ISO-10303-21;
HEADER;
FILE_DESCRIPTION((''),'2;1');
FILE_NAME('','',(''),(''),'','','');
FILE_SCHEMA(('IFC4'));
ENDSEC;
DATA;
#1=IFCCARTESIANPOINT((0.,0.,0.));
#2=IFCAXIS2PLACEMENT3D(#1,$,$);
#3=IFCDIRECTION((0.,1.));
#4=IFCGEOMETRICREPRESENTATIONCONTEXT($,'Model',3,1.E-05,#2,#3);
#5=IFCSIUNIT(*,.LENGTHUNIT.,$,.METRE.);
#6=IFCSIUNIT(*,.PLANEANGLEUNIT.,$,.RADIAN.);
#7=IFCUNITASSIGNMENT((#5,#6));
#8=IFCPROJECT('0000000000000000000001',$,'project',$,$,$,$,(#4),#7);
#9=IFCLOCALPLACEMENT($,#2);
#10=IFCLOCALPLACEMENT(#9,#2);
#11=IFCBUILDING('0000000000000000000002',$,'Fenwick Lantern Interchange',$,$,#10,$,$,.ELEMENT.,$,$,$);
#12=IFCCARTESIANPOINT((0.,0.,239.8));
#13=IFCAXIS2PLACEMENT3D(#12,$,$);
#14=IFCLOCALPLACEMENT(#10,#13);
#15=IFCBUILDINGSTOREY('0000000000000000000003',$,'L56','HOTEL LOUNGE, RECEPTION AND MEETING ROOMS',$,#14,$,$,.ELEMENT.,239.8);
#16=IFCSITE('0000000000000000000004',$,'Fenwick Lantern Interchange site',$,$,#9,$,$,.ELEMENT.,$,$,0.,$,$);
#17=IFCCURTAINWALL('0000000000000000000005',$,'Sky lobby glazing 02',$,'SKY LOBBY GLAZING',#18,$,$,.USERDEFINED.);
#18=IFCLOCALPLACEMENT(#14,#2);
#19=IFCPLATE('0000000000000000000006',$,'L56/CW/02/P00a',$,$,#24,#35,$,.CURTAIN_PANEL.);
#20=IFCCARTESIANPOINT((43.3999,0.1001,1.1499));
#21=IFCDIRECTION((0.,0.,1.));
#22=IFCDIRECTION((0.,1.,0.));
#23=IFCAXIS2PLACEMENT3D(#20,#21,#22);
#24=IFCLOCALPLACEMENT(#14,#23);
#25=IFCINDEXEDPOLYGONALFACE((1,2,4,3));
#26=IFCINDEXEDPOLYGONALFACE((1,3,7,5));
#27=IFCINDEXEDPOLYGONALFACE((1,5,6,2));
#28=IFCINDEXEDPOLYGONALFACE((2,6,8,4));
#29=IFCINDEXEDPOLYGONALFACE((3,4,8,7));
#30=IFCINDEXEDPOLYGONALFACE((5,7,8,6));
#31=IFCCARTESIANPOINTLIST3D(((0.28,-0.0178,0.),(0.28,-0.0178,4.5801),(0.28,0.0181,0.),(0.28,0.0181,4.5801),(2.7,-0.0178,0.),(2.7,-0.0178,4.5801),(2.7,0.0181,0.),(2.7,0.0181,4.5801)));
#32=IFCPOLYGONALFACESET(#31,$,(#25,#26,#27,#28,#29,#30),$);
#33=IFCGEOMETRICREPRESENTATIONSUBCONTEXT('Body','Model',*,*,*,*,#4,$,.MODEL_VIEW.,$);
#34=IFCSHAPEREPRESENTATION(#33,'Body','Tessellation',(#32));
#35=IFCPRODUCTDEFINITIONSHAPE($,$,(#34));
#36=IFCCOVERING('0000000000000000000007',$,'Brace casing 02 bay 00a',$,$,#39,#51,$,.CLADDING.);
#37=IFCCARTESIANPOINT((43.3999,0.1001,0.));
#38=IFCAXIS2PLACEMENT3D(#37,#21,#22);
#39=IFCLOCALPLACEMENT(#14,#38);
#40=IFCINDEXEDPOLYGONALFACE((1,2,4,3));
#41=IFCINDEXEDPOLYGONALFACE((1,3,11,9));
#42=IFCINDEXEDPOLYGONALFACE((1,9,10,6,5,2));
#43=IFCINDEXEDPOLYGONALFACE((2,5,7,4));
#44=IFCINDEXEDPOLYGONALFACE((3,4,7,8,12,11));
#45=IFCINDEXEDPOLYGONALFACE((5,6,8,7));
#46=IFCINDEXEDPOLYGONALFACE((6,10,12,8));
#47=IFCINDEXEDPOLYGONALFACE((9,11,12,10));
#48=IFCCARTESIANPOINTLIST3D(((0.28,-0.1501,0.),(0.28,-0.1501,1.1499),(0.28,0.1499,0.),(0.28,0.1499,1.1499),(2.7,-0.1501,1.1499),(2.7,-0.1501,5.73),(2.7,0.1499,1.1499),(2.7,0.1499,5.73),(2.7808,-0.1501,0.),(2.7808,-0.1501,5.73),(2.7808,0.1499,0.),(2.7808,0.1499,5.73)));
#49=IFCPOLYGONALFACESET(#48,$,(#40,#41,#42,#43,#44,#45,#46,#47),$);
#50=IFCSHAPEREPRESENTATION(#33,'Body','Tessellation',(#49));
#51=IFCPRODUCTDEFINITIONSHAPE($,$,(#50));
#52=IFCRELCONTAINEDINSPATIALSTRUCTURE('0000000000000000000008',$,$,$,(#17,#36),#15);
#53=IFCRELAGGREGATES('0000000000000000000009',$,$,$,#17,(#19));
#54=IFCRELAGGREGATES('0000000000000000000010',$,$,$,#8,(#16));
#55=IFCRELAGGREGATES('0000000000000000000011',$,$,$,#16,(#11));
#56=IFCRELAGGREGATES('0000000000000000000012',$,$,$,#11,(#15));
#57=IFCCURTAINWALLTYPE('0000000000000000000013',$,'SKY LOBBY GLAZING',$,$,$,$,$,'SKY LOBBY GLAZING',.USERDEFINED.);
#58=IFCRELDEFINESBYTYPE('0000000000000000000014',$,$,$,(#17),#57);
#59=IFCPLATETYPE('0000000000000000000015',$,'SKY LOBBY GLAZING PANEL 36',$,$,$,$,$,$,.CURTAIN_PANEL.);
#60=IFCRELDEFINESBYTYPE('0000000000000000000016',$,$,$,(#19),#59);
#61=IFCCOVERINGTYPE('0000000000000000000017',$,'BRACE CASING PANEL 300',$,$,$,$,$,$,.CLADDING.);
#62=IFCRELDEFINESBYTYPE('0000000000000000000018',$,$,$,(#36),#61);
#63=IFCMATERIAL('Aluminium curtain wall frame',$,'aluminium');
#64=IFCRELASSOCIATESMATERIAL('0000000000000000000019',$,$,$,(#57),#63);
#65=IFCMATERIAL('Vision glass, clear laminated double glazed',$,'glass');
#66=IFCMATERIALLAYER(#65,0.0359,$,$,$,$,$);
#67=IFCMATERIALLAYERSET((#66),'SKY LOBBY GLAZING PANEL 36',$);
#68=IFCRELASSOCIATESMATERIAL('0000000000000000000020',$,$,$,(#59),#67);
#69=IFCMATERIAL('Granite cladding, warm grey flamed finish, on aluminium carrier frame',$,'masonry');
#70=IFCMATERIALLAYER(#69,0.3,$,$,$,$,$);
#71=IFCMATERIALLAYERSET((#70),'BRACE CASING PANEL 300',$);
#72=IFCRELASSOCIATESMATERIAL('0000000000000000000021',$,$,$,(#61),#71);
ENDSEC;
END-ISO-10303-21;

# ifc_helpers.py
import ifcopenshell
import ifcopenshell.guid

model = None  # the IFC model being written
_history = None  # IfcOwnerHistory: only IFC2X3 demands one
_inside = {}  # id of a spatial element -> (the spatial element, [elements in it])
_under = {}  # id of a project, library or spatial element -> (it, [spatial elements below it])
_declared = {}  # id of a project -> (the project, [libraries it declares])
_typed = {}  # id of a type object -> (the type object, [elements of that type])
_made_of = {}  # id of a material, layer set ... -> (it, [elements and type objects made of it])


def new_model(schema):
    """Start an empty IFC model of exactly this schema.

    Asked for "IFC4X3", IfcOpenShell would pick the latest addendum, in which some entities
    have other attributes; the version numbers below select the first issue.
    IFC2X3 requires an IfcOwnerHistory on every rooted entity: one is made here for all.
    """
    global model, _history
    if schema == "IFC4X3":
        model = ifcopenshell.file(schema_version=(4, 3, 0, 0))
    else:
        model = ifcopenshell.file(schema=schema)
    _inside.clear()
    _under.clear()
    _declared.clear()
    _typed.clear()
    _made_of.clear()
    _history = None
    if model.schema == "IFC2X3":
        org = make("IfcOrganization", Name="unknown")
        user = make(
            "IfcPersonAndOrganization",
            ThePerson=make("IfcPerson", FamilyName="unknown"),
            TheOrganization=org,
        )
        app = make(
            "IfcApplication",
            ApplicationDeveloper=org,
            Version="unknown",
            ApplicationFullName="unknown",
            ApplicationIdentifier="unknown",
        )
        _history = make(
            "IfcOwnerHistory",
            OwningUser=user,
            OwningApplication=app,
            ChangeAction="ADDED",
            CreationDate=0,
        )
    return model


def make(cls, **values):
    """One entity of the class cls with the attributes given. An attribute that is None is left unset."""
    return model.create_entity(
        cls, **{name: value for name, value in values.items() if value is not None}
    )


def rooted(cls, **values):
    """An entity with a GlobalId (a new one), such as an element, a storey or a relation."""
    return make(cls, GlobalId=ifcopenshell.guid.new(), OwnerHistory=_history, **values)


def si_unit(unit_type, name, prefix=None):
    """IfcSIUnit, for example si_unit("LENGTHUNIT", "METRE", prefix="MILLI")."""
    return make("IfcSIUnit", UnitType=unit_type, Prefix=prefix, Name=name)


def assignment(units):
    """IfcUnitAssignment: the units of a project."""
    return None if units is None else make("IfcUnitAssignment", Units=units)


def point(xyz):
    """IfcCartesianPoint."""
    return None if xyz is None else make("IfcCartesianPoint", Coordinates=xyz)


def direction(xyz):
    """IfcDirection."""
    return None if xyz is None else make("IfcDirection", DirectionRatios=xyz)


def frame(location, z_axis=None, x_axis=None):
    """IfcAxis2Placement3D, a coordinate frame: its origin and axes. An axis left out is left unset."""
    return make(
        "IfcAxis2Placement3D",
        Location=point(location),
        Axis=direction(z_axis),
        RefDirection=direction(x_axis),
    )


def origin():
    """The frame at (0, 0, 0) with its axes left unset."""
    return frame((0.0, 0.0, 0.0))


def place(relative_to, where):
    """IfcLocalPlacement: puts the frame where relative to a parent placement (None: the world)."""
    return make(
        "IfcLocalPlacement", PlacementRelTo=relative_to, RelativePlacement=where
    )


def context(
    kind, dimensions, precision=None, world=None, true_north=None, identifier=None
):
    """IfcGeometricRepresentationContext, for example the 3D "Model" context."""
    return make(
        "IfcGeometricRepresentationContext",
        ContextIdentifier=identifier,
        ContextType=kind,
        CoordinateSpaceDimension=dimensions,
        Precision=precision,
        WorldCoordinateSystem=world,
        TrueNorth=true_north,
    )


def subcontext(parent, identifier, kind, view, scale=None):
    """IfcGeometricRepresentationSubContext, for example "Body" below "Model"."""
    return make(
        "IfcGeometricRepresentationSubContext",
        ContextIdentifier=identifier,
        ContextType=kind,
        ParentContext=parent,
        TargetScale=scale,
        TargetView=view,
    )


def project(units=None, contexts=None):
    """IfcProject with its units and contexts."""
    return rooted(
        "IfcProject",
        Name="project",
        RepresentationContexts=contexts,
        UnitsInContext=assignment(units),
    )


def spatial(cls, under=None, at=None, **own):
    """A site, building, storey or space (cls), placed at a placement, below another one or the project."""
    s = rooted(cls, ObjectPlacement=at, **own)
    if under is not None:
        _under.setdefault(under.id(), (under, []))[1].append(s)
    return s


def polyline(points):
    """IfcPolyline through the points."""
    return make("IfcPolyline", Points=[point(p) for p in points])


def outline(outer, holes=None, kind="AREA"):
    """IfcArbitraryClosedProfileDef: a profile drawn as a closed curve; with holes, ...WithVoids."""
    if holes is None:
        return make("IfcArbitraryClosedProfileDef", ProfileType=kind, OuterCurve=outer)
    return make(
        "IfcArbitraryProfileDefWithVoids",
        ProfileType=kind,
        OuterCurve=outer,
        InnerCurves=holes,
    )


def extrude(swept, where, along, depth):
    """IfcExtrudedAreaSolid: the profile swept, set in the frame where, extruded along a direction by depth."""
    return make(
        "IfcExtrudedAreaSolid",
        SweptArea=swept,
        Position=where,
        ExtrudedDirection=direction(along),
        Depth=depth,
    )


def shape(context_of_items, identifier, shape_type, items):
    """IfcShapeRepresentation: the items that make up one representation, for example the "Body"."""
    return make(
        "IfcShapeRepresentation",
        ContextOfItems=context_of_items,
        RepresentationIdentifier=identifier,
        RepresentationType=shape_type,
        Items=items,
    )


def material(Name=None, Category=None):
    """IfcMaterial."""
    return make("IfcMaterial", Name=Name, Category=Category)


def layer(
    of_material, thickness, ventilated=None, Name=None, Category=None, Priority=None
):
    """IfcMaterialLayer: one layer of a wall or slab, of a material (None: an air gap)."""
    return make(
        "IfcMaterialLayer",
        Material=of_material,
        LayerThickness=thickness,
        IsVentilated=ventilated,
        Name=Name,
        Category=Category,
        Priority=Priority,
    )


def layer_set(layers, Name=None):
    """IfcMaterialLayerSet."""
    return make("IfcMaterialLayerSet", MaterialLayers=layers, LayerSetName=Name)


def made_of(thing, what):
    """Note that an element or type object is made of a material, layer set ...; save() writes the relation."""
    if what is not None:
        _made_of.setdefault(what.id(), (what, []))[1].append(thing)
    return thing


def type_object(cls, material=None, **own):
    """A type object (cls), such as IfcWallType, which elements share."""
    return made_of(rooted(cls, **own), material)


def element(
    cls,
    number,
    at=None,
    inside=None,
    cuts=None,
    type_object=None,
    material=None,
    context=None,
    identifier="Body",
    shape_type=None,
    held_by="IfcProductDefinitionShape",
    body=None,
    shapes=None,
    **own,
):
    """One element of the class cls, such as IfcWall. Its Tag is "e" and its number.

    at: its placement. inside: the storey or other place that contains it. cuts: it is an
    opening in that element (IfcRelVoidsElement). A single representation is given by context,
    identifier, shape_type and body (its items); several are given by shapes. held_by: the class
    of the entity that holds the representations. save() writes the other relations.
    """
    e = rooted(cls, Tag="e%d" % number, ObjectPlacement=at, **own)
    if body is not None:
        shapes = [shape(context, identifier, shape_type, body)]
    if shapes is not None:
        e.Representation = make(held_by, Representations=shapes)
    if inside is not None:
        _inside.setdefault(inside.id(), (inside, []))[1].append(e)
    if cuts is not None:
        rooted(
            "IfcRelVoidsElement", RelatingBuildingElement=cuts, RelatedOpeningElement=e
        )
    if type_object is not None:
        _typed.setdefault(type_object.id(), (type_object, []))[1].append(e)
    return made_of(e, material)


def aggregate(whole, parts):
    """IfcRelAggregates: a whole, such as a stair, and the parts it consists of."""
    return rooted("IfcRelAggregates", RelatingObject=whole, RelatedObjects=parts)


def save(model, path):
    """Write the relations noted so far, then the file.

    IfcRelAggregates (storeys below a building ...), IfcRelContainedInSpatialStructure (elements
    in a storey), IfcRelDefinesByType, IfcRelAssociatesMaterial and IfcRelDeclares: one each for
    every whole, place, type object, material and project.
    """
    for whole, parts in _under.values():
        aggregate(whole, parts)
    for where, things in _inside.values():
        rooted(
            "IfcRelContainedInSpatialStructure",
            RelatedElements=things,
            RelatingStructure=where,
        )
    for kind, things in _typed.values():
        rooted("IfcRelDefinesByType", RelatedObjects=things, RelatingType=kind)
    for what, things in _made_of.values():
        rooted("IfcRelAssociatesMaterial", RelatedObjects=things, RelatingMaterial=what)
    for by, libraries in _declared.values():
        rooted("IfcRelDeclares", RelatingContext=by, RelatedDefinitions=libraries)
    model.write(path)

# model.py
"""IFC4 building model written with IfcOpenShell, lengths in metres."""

from ifc_helpers import new_model, si_unit, direction, frame, origin, place, context, subcontext, project, spatial, polyline, outline, extrude, material, layer, layer_set, type_object, element, aggregate, save


model = new_model("IFC4")

# Units and contexts
model_context = context("Model", 3, precision=1e-05, world=origin(), true_north=direction((0.0, 1.0)))
body_context = subcontext(model_context, "Body", "Model", "MODEL_VIEW")
ifc_project = project(units=[si_unit("LENGTHUNIT", "METRE"), si_unit("PLANEANGLEUNIT", "RADIAN")], contexts=[model_context])

# Site, building, storey
site_placement = place(None, origin())
site = spatial("IfcSite", under=ifc_project, at=site_placement, Name="Fenwick Lantern Interchange site", CompositionType="ELEMENT", RefElevation=0.0)
building_placement = place(site_placement, origin())
building = spatial("IfcBuilding", under=site, at=building_placement, Name="Fenwick Lantern Interchange", CompositionType="ELEMENT")
storey_placement = place(building_placement, frame((0.0, 0.0, 239.8)))
storey = spatial("IfcBuildingStorey", under=building, at=storey_placement, Name="L56", Description="HOTEL LOUNGE, RECEPTION AND MEETING ROOMS", CompositionType="ELEMENT", Elevation=239.8)

# Shared definitions
ifc_material_1 = material(Name="Aluminium curtain wall frame", Category="aluminium")
curtain_wall_type = type_object("IfcCurtainWallType", Name="SKY LOBBY GLAZING", ElementType="SKY LOBBY GLAZING", PredefinedType="USERDEFINED", material=ifc_material_1)

# Curtain wall
curtain_wall_1_placement = place(storey_placement, origin())
curtain_wall_1 = element("IfcCurtainWall", 1, at=curtain_wall_1_placement, inside=storey, type_object=curtain_wall_type, Name="Sky lobby glazing 02", ObjectType="SKY LOBBY GLAZING", PredefinedType="USERDEFINED")

# Plate
ifc_material_2 = material(Name="Vision glass, clear laminated double glazed", Category="glass")
ifc_layer_1 = layer(ifc_material_2, 0.0359)
ifc_layer_set_1 = layer_set([ifc_layer_1], Name="SKY LOBBY GLAZING PANEL 36")
plate_type = type_object("IfcPlateType", Name="SKY LOBBY GLAZING PANEL 36", PredefinedType="CURTAIN_PANEL", material=ifc_layer_set_1)
plate_placement = place(storey_placement, frame((43.3999, 0.1001, 1.1499), z_axis=(0.0, 0.0, 1.0), x_axis=(0.0, 1.0, 0.0)))
plate = element("IfcPlate", 2, at=plate_placement, type_object=plate_type, Name="L56/CW/02/P00a", PredefinedType="CURTAIN_PANEL", context=body_context, shape_type="SweptSolid", body=[
    extrude(outline(polyline([(0.28, 0.0), (2.7, 0.0), (2.7, 4.5801), (0.28, 4.5801), (0.28, 0.0)])), frame((0.0, 0.0181, 0.0), z_axis=(0.0, -1.0, 0.0), x_axis=(1.0, 0.0, 0.0)), (0.0, 0.0, 1.0), 0.0359),
])
aggregate(curtain_wall_1, [plate])

# Covering
ifc_material_3 = material(Name="Granite cladding, warm grey flamed finish, on aluminium carrier frame", Category="masonry")
ifc_layer_2 = layer(ifc_material_3, 0.3)
ifc_layer_set_2 = layer_set([ifc_layer_2], Name="BRACE CASING PANEL 300")
covering_type = type_object("IfcCoveringType", Name="BRACE CASING PANEL 300", PredefinedType="CLADDING", material=ifc_layer_set_2)
covering_placement = place(storey_placement, frame((43.3999, 0.1001, 0.0), z_axis=(0.0, 0.0, 1.0), x_axis=(0.0, 1.0, 0.0)))
element("IfcCovering", 3, at=covering_placement, inside=storey, type_object=covering_type, Name="Brace casing 02 bay 00a", PredefinedType="CLADDING", context=body_context, shape_type="SweptSolid", body=[
    extrude(outline(polyline([(0.28, 0.0), (2.7808, 0.0), (2.7808, 5.73), (2.7, 5.73), (2.7, 1.1499), (0.28, 1.1499), (0.28, 0.0)])), frame((0.0, 0.1499, 0.0), z_axis=(0.0, -1.0, 0.0), x_axis=(1.0, 0.0, 0.0)), (0.0, 0.0, 1.0), 0.3),
])

save(model, "model.ifc")
